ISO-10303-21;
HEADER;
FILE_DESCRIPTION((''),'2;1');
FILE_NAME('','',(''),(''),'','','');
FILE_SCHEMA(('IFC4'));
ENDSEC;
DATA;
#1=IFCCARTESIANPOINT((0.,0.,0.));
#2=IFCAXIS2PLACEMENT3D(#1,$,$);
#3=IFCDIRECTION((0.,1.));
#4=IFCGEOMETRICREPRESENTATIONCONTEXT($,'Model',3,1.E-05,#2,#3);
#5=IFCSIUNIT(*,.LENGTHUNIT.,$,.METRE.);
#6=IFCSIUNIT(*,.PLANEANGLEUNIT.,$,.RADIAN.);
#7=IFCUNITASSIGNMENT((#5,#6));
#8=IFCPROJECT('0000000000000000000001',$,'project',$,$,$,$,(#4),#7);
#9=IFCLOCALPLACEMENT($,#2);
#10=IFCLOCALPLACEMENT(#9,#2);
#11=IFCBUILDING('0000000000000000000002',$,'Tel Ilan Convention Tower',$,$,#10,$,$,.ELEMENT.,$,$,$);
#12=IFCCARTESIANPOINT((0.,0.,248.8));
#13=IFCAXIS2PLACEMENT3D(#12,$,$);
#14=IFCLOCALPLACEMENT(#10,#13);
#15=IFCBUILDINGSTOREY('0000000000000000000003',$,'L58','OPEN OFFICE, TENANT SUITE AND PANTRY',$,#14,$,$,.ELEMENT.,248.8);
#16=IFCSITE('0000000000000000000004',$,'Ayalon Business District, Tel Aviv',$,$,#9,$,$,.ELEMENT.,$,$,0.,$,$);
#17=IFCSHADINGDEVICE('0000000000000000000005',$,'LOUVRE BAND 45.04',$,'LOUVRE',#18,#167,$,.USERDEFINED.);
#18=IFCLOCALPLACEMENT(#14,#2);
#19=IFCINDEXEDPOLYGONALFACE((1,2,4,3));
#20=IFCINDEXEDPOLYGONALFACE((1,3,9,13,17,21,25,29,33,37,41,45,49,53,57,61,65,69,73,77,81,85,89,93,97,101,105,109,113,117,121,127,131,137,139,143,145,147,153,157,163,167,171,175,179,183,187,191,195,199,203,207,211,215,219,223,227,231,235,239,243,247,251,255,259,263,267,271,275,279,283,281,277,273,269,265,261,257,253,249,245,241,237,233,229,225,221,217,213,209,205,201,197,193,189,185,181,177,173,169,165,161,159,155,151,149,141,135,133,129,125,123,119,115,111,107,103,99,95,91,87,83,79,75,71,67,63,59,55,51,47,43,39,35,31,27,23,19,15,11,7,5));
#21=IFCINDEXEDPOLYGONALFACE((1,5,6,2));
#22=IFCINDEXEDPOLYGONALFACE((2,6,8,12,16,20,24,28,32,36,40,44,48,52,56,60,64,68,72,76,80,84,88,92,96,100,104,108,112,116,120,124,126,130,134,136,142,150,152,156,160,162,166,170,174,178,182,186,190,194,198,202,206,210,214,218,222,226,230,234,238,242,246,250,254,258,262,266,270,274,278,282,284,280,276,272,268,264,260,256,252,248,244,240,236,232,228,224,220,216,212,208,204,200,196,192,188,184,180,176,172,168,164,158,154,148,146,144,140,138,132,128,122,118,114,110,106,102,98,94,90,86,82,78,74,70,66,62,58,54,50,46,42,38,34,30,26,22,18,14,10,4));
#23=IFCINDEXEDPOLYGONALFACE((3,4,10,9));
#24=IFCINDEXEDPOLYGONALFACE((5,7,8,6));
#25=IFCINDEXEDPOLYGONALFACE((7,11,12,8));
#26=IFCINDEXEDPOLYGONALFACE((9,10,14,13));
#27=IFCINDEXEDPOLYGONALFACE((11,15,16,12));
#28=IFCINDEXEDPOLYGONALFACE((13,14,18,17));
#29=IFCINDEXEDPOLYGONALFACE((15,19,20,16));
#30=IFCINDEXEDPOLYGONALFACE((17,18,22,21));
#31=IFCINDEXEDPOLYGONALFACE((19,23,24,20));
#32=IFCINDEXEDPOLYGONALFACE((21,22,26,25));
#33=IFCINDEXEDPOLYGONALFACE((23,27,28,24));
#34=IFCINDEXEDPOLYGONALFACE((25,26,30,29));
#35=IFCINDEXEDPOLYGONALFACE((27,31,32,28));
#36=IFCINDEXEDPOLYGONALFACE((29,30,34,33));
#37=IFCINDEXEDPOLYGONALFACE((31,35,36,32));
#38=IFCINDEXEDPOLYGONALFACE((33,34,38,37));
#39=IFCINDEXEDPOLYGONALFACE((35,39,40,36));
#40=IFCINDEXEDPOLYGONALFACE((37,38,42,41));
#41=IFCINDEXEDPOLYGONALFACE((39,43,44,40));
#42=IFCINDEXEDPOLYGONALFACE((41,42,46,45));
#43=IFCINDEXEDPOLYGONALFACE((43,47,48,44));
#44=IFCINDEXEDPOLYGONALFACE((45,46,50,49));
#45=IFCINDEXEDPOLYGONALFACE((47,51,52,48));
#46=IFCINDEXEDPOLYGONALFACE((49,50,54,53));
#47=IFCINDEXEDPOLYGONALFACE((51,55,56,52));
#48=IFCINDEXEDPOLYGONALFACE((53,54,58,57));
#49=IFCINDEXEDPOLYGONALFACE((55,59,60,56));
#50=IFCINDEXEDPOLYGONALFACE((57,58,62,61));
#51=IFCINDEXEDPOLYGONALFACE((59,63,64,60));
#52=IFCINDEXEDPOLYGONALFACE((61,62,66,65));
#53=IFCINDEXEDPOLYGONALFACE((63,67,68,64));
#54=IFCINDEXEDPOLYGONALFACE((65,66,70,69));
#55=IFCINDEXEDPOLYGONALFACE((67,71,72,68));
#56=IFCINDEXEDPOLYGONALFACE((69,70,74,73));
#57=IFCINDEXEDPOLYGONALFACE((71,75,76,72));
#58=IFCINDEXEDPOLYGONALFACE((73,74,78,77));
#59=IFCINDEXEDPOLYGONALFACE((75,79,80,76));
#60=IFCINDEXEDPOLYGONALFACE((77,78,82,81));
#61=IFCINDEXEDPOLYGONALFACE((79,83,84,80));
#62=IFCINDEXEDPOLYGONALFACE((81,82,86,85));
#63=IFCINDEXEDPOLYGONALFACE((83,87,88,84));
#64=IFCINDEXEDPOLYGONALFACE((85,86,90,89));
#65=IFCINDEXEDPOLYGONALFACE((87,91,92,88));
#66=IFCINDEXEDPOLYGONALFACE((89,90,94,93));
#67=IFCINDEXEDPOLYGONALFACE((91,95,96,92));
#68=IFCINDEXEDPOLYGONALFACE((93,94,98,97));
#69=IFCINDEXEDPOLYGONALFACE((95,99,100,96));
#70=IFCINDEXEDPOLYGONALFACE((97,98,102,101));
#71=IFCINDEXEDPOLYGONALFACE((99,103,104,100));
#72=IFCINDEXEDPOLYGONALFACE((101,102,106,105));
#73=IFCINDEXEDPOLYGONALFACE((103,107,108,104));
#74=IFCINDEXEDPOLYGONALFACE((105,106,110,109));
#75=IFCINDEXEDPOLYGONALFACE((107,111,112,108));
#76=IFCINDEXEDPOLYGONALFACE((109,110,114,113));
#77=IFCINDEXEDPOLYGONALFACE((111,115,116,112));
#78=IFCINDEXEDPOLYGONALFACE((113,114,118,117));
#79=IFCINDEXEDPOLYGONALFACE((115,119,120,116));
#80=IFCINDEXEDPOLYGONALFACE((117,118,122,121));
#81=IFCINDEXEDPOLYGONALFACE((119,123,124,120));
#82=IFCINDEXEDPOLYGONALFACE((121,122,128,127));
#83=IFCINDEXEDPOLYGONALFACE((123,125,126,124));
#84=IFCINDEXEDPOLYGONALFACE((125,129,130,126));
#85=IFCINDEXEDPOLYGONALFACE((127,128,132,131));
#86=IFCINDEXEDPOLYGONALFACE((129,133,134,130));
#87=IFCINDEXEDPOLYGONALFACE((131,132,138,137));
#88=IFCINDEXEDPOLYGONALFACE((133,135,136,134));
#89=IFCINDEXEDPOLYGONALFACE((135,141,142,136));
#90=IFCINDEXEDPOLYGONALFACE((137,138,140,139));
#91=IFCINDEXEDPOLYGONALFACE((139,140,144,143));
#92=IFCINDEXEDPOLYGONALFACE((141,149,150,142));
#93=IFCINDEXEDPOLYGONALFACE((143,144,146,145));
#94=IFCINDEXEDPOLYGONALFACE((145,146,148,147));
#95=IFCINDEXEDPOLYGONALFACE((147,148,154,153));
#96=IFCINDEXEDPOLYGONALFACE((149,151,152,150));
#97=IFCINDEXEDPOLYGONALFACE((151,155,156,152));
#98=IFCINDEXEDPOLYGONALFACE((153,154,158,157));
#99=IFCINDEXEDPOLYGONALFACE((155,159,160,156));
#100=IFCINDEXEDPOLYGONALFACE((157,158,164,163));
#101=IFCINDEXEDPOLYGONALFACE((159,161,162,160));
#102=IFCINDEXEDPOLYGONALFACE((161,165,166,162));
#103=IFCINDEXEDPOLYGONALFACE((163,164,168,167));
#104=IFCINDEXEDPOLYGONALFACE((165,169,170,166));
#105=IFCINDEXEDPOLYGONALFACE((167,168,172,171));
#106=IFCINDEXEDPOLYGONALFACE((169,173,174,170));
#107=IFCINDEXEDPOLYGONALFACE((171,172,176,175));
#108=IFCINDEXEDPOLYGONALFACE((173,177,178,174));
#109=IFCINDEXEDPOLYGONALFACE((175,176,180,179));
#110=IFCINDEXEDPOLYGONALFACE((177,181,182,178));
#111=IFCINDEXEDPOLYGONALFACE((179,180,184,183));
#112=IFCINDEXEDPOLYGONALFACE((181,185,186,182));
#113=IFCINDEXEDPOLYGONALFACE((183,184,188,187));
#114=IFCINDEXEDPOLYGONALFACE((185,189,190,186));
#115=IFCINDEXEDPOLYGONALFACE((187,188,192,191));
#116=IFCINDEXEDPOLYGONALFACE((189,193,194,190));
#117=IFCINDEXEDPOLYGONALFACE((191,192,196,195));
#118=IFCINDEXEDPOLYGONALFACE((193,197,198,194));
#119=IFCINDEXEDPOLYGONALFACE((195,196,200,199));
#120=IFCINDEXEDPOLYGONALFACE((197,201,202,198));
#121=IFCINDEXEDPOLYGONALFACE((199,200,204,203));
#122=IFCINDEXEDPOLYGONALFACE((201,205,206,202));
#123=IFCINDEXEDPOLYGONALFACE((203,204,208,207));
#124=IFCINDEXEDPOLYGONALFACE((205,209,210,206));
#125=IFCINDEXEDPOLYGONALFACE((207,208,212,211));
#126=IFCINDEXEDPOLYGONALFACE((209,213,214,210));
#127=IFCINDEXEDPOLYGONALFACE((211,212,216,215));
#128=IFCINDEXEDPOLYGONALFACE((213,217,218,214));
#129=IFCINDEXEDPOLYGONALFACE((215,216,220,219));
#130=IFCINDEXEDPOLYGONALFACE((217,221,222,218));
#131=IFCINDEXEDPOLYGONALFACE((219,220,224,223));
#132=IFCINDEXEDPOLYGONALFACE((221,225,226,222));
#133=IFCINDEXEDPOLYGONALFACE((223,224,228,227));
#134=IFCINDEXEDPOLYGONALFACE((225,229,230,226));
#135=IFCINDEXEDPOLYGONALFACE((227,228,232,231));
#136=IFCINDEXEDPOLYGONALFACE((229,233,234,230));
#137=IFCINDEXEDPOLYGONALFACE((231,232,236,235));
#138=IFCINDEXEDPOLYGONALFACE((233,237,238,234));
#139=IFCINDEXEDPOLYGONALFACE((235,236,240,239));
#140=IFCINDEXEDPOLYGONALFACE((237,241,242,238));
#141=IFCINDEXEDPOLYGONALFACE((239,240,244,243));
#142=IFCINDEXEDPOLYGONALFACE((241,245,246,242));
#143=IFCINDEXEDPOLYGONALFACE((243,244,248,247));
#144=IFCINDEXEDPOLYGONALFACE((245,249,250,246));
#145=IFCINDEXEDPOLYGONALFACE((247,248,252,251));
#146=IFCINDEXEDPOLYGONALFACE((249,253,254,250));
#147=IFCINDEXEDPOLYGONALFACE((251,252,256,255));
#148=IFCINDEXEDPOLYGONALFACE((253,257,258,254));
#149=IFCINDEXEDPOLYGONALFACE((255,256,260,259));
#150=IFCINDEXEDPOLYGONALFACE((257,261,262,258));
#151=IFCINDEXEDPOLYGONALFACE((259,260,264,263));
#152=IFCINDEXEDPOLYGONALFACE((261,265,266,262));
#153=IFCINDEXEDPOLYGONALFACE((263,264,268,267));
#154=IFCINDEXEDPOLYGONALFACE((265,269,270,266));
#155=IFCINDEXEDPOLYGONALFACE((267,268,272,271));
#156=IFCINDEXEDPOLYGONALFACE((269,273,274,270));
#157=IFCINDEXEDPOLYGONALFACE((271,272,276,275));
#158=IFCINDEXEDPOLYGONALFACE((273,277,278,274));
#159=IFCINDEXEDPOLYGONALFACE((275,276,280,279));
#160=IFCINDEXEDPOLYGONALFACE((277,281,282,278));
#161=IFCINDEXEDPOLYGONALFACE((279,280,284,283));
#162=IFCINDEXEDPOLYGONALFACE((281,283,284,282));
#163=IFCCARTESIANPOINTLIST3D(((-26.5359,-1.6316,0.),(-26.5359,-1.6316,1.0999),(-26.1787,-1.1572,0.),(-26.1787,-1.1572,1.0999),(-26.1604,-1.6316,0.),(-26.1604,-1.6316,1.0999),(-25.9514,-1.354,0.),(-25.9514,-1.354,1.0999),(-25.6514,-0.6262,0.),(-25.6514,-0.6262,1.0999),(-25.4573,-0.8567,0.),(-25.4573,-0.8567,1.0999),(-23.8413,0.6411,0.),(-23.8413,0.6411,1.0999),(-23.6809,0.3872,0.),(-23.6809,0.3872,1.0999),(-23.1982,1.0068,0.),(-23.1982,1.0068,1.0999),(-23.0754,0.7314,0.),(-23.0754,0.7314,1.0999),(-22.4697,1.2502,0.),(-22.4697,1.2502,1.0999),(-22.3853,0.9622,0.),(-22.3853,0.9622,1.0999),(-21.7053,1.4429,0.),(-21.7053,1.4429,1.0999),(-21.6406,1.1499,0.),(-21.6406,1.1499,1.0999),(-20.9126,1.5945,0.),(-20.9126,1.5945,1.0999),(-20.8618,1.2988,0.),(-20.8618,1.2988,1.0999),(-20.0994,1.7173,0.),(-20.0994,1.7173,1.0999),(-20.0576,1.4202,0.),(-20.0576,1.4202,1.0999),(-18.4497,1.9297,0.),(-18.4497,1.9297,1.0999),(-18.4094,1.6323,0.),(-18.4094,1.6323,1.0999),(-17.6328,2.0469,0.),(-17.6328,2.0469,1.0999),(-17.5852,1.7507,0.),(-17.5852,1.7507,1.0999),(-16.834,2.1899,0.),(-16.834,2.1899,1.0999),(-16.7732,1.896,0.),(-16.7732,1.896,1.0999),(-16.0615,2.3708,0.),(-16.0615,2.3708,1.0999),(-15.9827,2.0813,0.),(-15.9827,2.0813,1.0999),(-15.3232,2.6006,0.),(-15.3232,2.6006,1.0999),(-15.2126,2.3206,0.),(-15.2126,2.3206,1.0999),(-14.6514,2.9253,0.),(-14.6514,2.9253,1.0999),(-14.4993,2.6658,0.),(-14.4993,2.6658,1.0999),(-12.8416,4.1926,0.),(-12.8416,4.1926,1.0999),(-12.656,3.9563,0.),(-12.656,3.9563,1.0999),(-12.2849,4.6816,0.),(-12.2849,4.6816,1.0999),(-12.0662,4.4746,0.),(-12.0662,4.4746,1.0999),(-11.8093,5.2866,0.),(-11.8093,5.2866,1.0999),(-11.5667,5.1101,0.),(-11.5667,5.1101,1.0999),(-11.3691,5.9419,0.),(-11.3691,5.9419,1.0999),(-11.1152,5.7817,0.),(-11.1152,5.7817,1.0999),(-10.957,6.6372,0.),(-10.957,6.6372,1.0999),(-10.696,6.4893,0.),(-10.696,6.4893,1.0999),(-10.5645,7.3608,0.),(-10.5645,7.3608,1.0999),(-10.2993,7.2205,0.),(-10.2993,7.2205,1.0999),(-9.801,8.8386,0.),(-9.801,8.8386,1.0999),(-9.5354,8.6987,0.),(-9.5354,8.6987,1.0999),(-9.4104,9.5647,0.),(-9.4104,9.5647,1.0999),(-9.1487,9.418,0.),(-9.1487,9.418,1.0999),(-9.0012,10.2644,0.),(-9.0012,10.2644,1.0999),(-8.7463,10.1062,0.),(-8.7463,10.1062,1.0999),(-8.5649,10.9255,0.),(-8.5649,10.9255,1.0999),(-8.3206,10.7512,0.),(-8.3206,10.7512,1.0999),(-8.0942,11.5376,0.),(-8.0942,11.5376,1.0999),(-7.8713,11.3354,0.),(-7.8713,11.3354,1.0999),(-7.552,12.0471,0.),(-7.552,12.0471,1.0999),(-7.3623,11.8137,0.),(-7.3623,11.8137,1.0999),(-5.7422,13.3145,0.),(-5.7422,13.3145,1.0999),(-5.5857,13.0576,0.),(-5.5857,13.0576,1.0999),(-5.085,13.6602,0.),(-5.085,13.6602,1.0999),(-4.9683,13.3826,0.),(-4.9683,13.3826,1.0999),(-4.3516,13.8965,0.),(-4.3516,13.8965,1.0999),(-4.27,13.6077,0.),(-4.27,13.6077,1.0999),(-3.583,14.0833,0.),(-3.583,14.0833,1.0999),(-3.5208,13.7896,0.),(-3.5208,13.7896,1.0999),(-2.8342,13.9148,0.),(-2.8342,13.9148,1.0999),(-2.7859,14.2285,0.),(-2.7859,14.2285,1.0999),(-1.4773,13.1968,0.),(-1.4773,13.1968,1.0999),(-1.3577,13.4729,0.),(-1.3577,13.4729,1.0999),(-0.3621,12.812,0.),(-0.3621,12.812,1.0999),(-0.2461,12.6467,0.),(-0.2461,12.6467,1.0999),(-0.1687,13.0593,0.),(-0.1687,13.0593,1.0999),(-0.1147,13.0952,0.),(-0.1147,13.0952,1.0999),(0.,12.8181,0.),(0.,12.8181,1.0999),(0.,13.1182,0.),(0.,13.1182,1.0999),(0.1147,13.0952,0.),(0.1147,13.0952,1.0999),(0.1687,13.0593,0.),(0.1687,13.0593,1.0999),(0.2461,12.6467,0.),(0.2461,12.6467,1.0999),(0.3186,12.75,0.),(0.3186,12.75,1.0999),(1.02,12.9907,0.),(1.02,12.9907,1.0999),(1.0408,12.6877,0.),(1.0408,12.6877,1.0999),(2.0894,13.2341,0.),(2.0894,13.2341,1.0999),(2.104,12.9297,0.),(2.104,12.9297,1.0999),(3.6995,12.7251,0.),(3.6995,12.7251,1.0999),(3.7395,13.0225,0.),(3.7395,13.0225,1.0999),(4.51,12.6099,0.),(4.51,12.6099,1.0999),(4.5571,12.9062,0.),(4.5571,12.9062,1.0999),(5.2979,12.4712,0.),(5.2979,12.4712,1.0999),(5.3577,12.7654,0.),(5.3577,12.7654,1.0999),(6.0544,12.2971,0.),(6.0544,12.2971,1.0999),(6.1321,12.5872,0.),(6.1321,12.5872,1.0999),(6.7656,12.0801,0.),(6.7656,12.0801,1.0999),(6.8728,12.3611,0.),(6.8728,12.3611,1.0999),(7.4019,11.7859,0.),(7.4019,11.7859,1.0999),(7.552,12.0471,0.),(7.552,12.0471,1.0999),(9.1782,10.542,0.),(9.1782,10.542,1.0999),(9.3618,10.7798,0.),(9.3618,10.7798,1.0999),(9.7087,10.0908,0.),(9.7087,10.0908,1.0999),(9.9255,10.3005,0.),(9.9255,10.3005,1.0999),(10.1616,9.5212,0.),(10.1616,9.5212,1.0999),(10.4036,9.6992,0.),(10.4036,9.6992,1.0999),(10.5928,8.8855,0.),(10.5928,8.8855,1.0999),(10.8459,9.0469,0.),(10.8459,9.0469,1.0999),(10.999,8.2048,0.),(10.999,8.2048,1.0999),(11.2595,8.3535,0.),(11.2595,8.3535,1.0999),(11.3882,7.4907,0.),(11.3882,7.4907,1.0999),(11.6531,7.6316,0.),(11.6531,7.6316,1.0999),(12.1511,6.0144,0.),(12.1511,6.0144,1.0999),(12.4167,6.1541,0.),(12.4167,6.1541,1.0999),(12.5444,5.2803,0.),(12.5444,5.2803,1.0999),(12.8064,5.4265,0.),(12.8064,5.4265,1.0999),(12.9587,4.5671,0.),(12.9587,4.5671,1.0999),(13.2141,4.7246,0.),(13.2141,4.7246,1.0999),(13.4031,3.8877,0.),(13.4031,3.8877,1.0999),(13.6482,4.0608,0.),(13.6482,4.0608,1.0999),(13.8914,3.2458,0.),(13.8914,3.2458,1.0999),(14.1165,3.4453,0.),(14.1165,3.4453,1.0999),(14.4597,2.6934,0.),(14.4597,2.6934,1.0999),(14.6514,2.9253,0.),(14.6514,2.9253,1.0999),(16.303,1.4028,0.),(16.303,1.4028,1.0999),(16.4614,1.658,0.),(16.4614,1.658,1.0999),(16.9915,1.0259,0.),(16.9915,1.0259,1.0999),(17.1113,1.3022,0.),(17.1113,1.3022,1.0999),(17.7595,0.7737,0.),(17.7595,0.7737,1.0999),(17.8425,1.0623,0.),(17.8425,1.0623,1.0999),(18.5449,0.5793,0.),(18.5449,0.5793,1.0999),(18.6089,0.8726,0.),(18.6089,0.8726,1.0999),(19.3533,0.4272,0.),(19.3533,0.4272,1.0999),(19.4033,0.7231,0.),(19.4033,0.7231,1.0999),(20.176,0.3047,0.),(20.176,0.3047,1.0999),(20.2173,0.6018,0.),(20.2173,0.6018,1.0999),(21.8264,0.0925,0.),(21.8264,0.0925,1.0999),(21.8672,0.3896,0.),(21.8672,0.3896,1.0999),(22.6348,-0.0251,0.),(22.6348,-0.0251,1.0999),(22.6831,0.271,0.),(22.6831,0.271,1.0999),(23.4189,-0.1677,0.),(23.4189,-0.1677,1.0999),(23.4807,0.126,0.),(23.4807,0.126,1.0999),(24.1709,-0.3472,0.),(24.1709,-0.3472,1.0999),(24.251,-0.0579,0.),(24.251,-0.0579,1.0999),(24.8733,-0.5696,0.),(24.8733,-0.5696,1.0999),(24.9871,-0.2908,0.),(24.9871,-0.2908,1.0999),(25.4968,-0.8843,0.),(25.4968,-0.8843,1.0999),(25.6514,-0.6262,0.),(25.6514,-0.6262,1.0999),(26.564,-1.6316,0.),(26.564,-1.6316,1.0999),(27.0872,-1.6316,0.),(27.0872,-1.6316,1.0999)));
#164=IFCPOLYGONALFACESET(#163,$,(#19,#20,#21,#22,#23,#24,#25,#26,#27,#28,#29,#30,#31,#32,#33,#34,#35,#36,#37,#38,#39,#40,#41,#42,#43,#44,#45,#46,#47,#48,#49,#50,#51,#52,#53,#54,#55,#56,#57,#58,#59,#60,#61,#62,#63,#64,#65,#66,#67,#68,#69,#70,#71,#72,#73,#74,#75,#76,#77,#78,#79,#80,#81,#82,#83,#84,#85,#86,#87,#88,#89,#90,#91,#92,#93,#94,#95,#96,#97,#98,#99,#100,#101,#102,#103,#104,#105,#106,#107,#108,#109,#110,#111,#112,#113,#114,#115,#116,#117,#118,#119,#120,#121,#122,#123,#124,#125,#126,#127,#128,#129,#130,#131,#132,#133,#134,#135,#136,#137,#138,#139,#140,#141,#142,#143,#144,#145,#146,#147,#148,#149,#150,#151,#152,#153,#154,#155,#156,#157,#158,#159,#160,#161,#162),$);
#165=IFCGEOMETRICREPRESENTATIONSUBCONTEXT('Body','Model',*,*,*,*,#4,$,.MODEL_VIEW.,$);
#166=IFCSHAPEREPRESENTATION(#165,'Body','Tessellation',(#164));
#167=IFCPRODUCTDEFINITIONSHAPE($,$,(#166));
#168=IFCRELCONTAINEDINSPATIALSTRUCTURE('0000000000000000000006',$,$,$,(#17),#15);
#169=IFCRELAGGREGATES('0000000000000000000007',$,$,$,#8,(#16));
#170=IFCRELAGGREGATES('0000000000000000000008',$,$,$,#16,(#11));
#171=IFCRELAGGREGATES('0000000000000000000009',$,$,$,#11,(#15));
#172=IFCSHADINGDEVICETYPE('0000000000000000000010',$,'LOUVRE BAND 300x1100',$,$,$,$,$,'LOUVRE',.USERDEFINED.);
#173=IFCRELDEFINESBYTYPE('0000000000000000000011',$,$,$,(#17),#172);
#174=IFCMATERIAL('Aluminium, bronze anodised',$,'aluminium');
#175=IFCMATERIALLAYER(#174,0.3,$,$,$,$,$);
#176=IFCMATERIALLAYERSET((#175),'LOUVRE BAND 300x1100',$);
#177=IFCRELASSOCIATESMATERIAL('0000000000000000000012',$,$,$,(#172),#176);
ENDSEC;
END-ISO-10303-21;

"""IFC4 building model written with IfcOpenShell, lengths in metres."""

from ifc_helpers import new_model, si_unit, direction, frame, origin, place, context, subcontext, project, spatial, polyline, outline, extrude, material, layer, layer_set, type_object, element, save


model = new_model("IFC4")

# Units and contexts
model_context = context("Model", 3, precision=1e-05, world=origin(), true_north=direction((0.0, 1.0)))
body_context = subcontext(model_context, "Body", "Model", "MODEL_VIEW")
ifc_project = project(units=[si_unit("LENGTHUNIT", "METRE"), si_unit("PLANEANGLEUNIT", "RADIAN")], contexts=[model_context])

# Site, building, storey
site_placement = place(None, origin())
site = spatial("IfcSite", under=ifc_project, at=site_placement, Name="Ayalon Business District, Tel Aviv", CompositionType="ELEMENT", RefElevation=0.0)
building_placement = place(site_placement, origin())
building = spatial("IfcBuilding", under=site, at=building_placement, Name="Tel Ilan Convention Tower", CompositionType="ELEMENT")
storey_placement = place(building_placement, frame((0.0, 0.0, 248.8)))
storey = spatial("IfcBuildingStorey", under=building, at=storey_placement, Name="L58", Description="OPEN OFFICE, TENANT SUITE AND PANTRY", CompositionType="ELEMENT", Elevation=248.8)

# Shading device
ifc_material_1 = material(Name="Aluminium, bronze anodised", Category="aluminium")
ifc_layer_1 = layer(ifc_material_1, 0.3)
ifc_layer_set_1 = layer_set([ifc_layer_1], Name="LOUVRE BAND 300x1100")
shading_device_type_1 = type_object("IfcShadingDeviceType", Name="LOUVRE BAND 300x1100", ElementType="LOUVRE", PredefinedType="USERDEFINED", material=ifc_layer_set_1)
shading_device_placement = place(storey_placement, origin())
element("IfcShadingDevice", 1, at=shading_device_placement, inside=storey, type_object=shading_device_type_1, Name="LOUVRE BAND 45.04", ObjectType="LOUVRE", PredefinedType="USERDEFINED", context=body_context, shape_type="SweptSolid", body=[
    extrude(outline(polyline([(-26.1787, -1.1572), (-26.5359, -1.6316), (-26.1604, -1.6316), (-25.9514, -1.354), (-25.4573, -0.8567), (-23.6809, 0.3872), (-23.0754, 0.7314), (-22.3853, 0.9622), (-21.6406, 1.1499), (-20.8618, 1.2988), (-20.0576, 1.4202), (-18.4094, 1.6323), (-17.5852, 1.7507), (-16.7732, 1.896), (-15.9827, 2.0813), (-15.2126, 2.3206), (-14.4993, 2.6658), (-12.656, 3.9563), (-12.0662, 4.4746), (-11.5667, 5.1101), (-11.1152, 5.7817), (-10.696, 6.4893), (-10.2993, 7.2205), (-9.5354, 8.6987), (-9.1487, 9.418), (-8.7463, 10.1062), (-8.3206, 10.7512), (-7.8713, 11.3354), (-7.3623, 11.8137), (-5.5857, 13.0576), (-4.9683, 13.3826), (-4.27, 13.6077), (-3.5208, 13.7896), (-2.8342, 13.9148), (-1.4773, 13.1968), (-0.3621, 12.812), (-0.2461, 12.6467), (0.0, 12.8181), (0.2461, 12.6467), (0.3186, 12.75), (1.0408, 12.6877), (2.104, 12.9297), (3.6995, 12.7251), (4.51, 12.6099), (5.2979, 12.4712), (6.0544, 12.2971), (6.7656, 12.0801), (7.4019, 11.7859), (9.1782, 10.542), (9.7087, 10.0908), (10.1616, 9.5212), (10.5928, 8.8855), (10.999, 8.2048), (11.3882, 7.4907), (12.1511, 6.0144), (12.5444, 5.2803), (12.9587, 4.5671), (13.4031, 3.8877), (13.8914, 3.2458), (14.4597, 2.6934), (16.303, 1.4028), (16.9915, 1.0259), (17.7595, 0.7737), (18.5449, 0.5793), (19.3533, 0.4272), (20.176, 0.3047), (21.8264, 0.0925), (22.6348, -0.0251), (23.4189, -0.1677), (24.1709, -0.3472), (24.8733, -0.5696), (25.4968, -0.8843), (26.564, -1.6316), (27.0872, -1.6316), (25.6514, -0.6262), (24.9871, -0.2908), (24.251, -0.0579), (23.4807, 0.126), (22.6831, 0.271), (21.8672, 0.3896), (20.2173, 0.6018), (19.4033, 0.7231), (18.6089, 0.8726), (17.8425, 1.0623), (17.1113, 1.3022), (16.4614, 1.658), (14.6514, 2.9253), (14.1165, 3.4453), (13.6482, 4.0608), (13.2141, 4.7246), (12.8064, 5.4265), (12.4167, 6.1541), (11.6531, 7.6316), (11.2595, 8.3535), (10.8459, 9.0469), (10.4036, 9.6992), (9.9255, 10.3005), (9.3618, 10.7798), (7.552, 12.0471), (6.8728, 12.3611), (6.1321, 12.5872), (5.3577, 12.7654), (4.5571, 12.9062), (3.7395, 13.0225), (2.0894, 13.2341), (1.02, 12.9907), (0.1687, 13.0593), (0.1147, 13.0952), (0.0, 13.1182), (-0.1147, 13.0952), (-0.1687, 13.0593), (-1.3577, 13.4729), (-2.7859, 14.2285), (-3.583, 14.0833), (-4.3516, 13.8965), (-5.085, 13.6602), (-5.7422, 13.3145), (-7.552, 12.0471), (-8.0942, 11.5376), (-8.5649, 10.9255), (-9.0012, 10.2644), (-9.4104, 9.5647), (-9.801, 8.8386), (-10.5645, 7.3608), (-10.957, 6.6372), (-11.3691, 5.9419), (-11.8093, 5.2866), (-12.2849, 4.6816), (-12.8416, 4.1926), (-14.6514, 2.9253), (-15.3232, 2.6006), (-16.0615, 2.3708), (-16.834, 2.1899), (-17.6328, 2.0469), (-18.4497, 1.9297), (-20.0994, 1.7173), (-20.9126, 1.5945), (-21.7053, 1.4429), (-22.4697, 1.2502), (-23.1982, 1.0068), (-23.8413, 0.6411), (-25.6514, -0.6262), (-26.1787, -1.1572)])), origin(), (0.0, 0.0, 1.0), 1.0999),
])

save(model, "model.ifc")
